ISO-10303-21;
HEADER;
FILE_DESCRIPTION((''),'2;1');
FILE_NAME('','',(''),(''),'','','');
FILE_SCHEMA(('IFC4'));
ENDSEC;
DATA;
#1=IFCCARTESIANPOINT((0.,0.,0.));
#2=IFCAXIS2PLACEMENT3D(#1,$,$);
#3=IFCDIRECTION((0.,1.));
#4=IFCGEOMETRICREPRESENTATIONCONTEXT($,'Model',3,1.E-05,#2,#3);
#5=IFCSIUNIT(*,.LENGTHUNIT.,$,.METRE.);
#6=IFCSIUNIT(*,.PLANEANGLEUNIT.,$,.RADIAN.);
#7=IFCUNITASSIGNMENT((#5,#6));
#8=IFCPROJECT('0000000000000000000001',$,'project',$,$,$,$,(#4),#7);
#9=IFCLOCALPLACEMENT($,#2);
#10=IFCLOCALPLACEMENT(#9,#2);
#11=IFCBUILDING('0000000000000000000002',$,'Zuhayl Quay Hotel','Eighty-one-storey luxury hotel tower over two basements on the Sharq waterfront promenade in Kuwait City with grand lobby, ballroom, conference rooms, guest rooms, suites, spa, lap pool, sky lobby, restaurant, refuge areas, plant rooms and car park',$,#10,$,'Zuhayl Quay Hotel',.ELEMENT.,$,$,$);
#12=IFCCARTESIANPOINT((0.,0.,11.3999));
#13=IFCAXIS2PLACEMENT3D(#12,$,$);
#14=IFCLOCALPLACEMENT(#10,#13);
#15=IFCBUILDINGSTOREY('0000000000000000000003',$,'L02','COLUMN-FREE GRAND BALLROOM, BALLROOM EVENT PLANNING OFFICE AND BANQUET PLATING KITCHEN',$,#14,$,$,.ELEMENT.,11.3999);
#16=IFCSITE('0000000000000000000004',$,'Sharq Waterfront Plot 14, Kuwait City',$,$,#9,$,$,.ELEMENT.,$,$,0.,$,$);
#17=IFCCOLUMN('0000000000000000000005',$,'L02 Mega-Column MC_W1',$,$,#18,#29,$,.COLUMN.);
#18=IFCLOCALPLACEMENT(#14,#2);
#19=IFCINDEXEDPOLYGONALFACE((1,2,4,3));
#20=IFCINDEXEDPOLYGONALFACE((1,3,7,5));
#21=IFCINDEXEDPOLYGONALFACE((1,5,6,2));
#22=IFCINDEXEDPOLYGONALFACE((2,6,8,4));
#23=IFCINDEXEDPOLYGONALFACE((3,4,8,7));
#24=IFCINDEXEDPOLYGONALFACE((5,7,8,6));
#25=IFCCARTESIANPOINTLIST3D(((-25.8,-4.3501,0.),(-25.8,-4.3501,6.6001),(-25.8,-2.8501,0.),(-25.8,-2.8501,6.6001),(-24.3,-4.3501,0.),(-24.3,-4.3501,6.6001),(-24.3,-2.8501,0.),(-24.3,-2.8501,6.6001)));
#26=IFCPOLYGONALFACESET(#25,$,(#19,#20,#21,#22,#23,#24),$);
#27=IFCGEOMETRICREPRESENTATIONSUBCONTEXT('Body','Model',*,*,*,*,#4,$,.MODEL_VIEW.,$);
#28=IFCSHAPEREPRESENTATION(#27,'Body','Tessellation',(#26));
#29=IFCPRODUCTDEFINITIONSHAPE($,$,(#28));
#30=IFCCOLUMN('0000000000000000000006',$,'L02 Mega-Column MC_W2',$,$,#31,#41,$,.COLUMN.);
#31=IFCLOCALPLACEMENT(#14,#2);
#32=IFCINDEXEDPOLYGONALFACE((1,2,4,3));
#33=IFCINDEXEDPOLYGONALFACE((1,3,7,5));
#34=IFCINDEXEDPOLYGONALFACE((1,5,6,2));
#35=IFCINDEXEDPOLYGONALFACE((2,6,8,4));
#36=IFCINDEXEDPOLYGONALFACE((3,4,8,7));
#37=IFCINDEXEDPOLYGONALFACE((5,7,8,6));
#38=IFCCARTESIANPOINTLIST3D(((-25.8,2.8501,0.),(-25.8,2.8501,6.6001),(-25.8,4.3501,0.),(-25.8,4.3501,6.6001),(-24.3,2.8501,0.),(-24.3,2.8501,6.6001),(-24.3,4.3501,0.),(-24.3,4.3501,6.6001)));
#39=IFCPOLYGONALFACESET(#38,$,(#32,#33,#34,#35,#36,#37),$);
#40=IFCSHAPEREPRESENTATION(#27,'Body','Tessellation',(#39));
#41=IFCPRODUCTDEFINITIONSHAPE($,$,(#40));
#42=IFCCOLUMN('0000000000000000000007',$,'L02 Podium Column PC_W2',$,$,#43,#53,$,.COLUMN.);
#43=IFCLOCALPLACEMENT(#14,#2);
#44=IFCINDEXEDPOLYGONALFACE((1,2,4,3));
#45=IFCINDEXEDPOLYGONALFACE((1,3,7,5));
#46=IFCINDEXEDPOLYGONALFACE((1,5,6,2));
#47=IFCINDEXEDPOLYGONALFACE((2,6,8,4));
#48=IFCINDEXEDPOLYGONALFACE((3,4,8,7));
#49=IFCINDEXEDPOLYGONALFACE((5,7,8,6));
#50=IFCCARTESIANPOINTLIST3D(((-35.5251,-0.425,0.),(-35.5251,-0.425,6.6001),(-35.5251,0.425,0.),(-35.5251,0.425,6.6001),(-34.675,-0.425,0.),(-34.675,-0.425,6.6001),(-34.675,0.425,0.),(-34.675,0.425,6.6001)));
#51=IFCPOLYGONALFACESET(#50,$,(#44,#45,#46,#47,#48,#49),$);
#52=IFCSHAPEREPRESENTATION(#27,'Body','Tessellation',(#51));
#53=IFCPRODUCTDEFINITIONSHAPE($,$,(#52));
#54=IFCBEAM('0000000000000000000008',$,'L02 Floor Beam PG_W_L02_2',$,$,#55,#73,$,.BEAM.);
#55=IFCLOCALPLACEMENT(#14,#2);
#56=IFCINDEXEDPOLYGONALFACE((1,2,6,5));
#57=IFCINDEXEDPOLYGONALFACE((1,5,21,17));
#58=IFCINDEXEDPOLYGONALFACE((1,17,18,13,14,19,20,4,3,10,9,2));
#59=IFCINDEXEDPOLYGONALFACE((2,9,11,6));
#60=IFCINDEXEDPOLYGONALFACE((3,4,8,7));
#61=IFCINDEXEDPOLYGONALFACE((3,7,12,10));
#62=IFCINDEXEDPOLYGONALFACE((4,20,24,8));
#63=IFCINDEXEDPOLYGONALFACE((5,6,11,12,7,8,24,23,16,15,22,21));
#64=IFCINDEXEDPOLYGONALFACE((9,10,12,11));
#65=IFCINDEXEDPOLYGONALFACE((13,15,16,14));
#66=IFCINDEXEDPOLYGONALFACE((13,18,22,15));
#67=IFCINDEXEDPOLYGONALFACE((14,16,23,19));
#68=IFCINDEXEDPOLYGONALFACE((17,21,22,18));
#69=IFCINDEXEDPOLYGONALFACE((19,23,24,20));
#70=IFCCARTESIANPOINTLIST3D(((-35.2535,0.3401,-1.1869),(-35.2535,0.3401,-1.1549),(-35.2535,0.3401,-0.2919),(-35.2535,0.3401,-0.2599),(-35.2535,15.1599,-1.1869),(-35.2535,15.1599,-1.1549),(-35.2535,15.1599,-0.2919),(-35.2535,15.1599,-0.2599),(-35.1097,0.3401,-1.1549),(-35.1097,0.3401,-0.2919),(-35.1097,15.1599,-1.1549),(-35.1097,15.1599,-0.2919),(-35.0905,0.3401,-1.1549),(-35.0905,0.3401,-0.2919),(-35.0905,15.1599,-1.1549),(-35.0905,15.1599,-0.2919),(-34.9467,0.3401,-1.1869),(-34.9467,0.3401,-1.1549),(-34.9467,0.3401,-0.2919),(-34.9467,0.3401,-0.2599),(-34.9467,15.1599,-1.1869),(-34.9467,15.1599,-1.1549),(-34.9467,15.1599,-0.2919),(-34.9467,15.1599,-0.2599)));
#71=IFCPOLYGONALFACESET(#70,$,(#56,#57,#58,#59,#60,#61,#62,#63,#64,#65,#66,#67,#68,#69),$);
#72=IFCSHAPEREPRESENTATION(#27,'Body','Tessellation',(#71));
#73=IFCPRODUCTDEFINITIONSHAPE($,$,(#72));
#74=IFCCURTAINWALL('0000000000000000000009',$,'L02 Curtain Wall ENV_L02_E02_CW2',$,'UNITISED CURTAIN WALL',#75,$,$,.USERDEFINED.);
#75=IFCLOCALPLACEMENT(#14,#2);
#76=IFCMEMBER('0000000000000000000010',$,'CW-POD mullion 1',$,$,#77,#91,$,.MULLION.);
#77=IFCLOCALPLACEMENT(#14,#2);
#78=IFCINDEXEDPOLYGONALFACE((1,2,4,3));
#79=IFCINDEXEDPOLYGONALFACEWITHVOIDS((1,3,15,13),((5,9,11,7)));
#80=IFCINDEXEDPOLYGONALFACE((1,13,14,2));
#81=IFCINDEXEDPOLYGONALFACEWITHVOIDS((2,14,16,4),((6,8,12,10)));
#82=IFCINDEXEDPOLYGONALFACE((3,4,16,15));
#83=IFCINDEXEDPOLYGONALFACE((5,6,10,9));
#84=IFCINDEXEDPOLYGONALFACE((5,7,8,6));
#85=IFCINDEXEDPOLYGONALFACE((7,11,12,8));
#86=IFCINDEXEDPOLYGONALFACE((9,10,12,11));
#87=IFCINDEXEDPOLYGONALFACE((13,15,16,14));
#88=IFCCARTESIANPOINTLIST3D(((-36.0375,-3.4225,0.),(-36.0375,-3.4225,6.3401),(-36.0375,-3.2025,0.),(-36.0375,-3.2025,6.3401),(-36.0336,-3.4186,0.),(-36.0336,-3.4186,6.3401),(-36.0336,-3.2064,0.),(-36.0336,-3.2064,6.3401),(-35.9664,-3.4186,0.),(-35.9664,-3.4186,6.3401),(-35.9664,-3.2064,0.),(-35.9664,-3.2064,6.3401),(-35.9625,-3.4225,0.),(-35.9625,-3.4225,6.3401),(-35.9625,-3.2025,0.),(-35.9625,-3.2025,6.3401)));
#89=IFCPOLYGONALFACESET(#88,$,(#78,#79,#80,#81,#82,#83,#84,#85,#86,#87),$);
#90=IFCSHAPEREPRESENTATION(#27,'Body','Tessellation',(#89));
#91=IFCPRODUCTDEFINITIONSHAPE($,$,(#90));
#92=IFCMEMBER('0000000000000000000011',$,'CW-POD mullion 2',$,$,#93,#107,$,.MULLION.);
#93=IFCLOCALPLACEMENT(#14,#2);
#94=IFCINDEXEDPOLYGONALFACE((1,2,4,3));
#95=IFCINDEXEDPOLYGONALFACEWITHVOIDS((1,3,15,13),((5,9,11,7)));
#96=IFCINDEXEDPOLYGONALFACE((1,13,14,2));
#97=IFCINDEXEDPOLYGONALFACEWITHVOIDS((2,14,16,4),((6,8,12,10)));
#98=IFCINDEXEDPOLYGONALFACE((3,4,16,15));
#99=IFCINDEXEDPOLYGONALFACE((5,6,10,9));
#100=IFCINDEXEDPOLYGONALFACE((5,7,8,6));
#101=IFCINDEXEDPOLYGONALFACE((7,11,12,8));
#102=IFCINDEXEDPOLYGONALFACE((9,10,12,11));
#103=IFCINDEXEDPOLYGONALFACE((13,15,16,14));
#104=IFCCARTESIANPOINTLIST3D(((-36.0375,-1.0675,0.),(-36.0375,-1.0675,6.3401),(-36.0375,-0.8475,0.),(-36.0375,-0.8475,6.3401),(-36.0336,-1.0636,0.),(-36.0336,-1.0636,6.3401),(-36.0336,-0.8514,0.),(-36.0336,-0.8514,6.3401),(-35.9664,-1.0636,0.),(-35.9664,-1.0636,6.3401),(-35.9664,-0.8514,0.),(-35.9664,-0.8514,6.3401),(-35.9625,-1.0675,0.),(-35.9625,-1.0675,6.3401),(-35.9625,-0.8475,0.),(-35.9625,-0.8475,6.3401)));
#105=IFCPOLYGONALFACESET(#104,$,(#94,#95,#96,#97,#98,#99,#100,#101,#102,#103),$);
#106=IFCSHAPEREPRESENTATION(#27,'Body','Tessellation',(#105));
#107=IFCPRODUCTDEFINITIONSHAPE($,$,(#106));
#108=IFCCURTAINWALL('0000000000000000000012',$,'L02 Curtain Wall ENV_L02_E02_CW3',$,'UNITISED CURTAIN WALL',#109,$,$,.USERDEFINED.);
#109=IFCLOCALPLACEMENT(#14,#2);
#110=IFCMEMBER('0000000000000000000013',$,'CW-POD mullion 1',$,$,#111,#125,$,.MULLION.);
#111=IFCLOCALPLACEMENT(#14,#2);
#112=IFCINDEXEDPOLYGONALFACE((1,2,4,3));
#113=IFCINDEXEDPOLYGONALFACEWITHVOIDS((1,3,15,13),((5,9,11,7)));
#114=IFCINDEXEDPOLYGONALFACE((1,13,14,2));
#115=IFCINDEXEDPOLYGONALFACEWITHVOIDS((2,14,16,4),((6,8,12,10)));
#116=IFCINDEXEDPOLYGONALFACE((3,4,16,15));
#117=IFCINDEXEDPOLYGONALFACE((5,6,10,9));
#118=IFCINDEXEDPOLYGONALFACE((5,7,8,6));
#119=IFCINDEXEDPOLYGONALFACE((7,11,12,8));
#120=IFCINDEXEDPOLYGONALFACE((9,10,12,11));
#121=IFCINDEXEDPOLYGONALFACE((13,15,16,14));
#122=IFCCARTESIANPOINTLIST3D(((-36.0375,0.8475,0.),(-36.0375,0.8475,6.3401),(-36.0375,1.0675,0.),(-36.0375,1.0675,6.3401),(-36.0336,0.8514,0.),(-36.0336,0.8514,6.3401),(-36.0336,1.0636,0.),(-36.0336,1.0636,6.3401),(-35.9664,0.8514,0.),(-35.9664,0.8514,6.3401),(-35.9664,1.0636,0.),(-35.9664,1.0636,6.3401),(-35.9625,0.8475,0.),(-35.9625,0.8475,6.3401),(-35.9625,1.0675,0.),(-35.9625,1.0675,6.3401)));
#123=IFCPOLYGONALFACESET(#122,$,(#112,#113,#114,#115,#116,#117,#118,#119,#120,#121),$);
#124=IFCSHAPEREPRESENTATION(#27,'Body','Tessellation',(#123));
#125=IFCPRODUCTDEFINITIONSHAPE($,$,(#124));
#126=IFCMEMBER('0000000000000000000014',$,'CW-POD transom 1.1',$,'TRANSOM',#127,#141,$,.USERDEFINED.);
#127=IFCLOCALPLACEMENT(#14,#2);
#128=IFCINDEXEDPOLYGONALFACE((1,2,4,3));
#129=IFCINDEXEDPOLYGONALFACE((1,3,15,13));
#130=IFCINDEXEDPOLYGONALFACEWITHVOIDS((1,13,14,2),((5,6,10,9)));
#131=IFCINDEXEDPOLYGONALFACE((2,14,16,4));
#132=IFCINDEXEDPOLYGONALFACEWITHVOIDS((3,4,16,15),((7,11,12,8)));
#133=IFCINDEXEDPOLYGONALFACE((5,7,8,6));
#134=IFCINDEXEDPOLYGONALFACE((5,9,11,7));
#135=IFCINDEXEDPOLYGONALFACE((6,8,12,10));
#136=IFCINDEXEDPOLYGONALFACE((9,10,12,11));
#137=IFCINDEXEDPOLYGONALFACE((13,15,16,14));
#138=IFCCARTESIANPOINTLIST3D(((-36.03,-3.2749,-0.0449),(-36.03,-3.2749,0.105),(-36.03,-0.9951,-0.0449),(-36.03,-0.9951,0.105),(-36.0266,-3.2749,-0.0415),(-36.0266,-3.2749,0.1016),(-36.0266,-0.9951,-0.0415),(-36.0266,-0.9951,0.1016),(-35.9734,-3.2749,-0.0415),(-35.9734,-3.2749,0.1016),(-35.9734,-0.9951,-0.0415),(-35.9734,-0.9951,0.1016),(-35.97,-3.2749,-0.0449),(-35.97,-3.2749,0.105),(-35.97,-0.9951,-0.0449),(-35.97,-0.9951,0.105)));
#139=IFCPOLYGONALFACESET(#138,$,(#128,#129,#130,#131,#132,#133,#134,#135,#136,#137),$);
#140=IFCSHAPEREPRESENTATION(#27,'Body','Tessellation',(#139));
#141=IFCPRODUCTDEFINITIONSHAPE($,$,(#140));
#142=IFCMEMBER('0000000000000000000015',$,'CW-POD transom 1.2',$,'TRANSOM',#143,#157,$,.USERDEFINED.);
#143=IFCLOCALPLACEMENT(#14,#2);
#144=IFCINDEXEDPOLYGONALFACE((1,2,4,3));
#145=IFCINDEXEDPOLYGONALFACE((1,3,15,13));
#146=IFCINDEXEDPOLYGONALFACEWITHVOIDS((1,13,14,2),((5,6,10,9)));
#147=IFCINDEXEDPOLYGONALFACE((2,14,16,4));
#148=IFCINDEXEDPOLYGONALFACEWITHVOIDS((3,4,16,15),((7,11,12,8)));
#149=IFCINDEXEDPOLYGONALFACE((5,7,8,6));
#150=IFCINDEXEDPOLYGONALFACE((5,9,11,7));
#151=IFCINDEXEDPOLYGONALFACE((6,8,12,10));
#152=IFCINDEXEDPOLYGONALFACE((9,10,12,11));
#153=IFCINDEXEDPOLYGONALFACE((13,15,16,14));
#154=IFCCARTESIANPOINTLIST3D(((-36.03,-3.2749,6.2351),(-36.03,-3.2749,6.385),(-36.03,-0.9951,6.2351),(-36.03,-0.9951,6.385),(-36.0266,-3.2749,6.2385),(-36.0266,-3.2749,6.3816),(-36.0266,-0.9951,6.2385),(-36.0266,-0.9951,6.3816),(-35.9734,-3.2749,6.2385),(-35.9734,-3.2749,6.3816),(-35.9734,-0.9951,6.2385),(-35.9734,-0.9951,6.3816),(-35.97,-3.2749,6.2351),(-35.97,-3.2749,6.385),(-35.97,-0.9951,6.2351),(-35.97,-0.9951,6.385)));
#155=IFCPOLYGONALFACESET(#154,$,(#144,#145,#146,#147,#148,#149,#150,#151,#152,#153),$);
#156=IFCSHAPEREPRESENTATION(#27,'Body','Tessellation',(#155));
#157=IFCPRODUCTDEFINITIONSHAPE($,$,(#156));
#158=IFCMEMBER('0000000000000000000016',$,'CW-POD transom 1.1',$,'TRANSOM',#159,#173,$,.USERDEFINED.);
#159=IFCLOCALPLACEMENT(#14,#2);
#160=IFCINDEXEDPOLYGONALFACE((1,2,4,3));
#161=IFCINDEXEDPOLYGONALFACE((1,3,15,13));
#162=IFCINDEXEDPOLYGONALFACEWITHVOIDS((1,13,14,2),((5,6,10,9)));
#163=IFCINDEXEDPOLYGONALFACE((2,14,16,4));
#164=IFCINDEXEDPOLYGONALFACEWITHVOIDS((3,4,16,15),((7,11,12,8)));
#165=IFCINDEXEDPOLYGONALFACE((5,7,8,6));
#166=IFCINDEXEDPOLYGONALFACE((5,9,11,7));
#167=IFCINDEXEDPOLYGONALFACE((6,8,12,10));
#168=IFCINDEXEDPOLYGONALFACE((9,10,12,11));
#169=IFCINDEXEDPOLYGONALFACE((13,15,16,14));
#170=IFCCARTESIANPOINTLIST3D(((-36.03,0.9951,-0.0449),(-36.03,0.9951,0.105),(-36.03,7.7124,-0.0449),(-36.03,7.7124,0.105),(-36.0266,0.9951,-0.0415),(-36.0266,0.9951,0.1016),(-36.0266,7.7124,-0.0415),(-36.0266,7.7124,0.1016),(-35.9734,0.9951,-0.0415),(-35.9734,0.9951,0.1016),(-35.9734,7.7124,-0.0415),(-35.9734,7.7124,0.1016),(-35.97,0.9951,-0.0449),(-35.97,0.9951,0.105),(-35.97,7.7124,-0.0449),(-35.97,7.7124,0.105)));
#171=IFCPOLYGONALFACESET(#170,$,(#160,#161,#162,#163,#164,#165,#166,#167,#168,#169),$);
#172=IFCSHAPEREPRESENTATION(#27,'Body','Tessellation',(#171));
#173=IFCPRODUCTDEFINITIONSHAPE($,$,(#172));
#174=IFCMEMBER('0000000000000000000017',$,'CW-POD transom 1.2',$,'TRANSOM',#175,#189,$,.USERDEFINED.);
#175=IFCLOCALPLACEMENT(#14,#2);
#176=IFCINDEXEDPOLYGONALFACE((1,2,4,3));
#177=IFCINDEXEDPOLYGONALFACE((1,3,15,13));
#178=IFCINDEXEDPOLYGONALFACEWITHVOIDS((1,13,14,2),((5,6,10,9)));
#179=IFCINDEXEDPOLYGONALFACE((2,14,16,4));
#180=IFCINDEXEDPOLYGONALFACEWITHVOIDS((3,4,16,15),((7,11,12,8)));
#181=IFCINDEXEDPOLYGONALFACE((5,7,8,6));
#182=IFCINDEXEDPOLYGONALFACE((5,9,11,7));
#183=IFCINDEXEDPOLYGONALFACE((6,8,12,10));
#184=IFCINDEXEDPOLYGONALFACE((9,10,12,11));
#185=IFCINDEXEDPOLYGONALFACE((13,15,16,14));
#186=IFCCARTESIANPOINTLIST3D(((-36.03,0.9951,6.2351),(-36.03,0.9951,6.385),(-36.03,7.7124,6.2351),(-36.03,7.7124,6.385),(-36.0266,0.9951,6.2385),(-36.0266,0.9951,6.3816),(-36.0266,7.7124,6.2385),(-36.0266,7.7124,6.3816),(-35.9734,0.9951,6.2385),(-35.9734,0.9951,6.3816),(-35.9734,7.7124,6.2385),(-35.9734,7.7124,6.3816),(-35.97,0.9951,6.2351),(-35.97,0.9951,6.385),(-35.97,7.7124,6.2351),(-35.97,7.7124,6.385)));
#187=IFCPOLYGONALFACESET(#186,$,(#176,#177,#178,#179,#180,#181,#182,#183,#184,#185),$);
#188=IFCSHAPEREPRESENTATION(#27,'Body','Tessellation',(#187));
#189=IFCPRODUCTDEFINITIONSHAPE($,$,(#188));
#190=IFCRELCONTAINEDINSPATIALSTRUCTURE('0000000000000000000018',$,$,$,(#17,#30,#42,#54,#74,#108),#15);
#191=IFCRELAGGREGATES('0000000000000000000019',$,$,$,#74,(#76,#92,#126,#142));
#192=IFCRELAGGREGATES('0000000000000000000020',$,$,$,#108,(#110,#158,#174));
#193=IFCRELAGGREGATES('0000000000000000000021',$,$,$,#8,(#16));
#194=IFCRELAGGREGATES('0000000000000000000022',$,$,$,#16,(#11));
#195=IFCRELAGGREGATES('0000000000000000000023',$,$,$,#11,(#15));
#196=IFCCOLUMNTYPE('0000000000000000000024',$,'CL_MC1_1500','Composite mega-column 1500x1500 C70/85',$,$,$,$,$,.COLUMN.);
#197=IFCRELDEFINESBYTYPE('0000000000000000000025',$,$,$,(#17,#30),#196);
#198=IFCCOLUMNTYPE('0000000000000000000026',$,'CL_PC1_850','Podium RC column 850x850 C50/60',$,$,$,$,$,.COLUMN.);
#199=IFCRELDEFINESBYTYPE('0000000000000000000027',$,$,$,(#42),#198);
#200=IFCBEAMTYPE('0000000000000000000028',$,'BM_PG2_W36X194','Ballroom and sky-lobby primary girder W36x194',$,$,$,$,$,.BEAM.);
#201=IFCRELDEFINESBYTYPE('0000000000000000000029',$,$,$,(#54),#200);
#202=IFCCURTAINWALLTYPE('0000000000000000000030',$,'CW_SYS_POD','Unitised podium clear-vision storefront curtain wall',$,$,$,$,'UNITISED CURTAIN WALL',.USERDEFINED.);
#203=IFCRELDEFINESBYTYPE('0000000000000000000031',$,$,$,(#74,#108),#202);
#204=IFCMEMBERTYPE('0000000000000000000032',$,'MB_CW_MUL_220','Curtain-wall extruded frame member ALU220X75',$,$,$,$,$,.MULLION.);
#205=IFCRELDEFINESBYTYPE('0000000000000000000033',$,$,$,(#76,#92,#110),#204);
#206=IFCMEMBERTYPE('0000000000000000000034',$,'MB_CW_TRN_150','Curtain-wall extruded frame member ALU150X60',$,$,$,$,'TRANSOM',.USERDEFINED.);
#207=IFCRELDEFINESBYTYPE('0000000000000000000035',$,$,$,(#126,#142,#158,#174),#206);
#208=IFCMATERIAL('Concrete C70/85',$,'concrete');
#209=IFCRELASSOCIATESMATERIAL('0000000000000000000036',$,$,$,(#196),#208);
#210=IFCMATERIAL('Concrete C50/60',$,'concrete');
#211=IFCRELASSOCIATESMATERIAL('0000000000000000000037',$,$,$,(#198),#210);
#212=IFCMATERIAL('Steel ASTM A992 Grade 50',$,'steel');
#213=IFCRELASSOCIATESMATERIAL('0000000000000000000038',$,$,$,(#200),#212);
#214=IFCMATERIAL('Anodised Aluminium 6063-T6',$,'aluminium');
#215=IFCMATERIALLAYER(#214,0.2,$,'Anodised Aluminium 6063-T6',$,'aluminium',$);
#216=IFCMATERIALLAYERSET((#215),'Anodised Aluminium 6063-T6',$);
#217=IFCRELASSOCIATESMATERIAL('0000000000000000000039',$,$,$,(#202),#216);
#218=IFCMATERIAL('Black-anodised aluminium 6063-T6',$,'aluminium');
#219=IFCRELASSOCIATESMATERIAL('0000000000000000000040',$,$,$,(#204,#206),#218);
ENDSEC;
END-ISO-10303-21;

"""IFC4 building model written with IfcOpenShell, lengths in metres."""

from ifc_helpers import new_model, si_unit, direction, frame, origin, origin_2d, place, context, subcontext, project, spatial, rectangle, hollow_rectangle, i_section, extrude, material, layer, layer_set, material_profile, profile_set, type_object, element, aggregate, save


model = new_model("IFC4")

# Units and contexts
model_context = context("Model", 3, precision=1e-05, world=origin(), true_north=direction((0.0, 1.0)))
body_context = subcontext(model_context, "Body", "Model", "MODEL_VIEW")
ifc_project = project(units=[si_unit("LENGTHUNIT", "METRE"), si_unit("PLANEANGLEUNIT", "RADIAN")], contexts=[model_context])

# Site, building, storey
site_placement = place(None, origin())
site = spatial("IfcSite", under=ifc_project, at=site_placement, Name="Sharq Waterfront Plot 14, Kuwait City", CompositionType="ELEMENT", RefElevation=0.0)
building_placement = place(site_placement, origin())
building = spatial("IfcBuilding", under=site, at=building_placement, Name="Zuhayl Quay Hotel", Description="Eighty-one-storey luxury hotel tower over two basements on the Sharq waterfront promenade in Kuwait City with grand lobby, ballroom, conference rooms, guest rooms, suites, spa, lap pool, sky lobby, restaurant, refuge areas, plant rooms and car park", LongName="Zuhayl Quay Hotel", CompositionType="ELEMENT")
storey_placement = place(building_placement, frame((0.0, 0.0, 11.3999)))
storey = spatial("IfcBuildingStorey", under=building, at=storey_placement, Name="L02", Description="COLUMN-FREE GRAND BALLROOM, BALLROOM EVENT PLANNING OFFICE AND BANQUET PLATING KITCHEN", CompositionType="ELEMENT", Elevation=11.3999)

# Columns
ifc_material_1 = material(Name="Concrete C70/85", Category="concrete")
ifc_material_profile_1 = material_profile(ifc_material_1, rectangle(XDim=1.5, YDim=1.5, at=origin_2d()), Name="RC1500X1500")
ifc_profile_set_1 = profile_set([ifc_material_profile_1], Name="Concrete C70/85")
column_type_1 = type_object("IfcColumnType", Name="CL_MC1_1500", Description="Composite mega-column 1500x1500 C70/85", PredefinedType="COLUMN", material=ifc_profile_set_1)
for number, where, z_axis, x_axis, name in (
    (1, (-25.05, -3.6001, 0.0), (0.0, 0.0, 1.0), (1.0, 0.0, 0.0), "L02 Mega-Column MC_W1"),
    (2, (-25.05, 3.6001, 0.0), (0.0, 0.0, 1.0), (1.0, 0.0, 0.0), "L02 Mega-Column MC_W2"),
):
    element("IfcColumn", number, at=place(storey_placement, frame(where, z_axis=z_axis, x_axis=x_axis)), inside=storey, type_object=column_type_1, Name=name, PredefinedType="COLUMN", context=body_context, shape_type="SweptSolid", body=[
        extrude(rectangle(XDim=1.5, YDim=1.5, at=origin_2d()), origin(), (0.0, 0.0, 1.0), 6.6001),
    ])
ifc_material_2 = material(Name="Concrete C50/60", Category="concrete")
ifc_material_profile_2 = material_profile(ifc_material_2, rectangle(XDim=0.8501, YDim=0.8501, at=origin_2d()), Name="RC850X850")
ifc_profile_set_2 = profile_set([ifc_material_profile_2], Name="Concrete C50/60")
column_type_2 = type_object("IfcColumnType", Name="CL_PC1_850", Description="Podium RC column 850x850 C50/60", PredefinedType="COLUMN", material=ifc_profile_set_2)
column_placement = place(storey_placement, frame((-35.1001, 0.0, 0.0), z_axis=(0.0, 0.0, 1.0), x_axis=(1.0, 0.0, 0.0)))
element("IfcColumn", 3, at=column_placement, inside=storey, type_object=column_type_2, Name="L02 Podium Column PC_W2", PredefinedType="COLUMN", context=body_context, shape_type="SweptSolid", body=[
    extrude(rectangle(XDim=0.8501, YDim=0.8501, at=origin_2d()), origin(), (0.0, 0.0, 1.0), 6.6001),
])

# Beam
ifc_material_3 = material(Name="Steel ASTM A992 Grade 50", Category="steel")
ifc_material_profile_3 = material_profile(ifc_material_3, i_section(OverallWidth=0.3069, OverallDepth=0.927, WebThickness=0.0193, FlangeThickness=0.032, at=origin_2d()), Name="W36X194")
ifc_profile_set_3 = profile_set([ifc_material_profile_3], Name="Steel ASTM A992 Grade 50")
beam_type = type_object("IfcBeamType", Name="BM_PG2_W36X194", Description="Ballroom and sky-lobby primary girder W36x194", PredefinedType="BEAM", material=ifc_profile_set_3)
beam_placement = place(storey_placement, frame((-35.1001, 0.3401, -0.7234), z_axis=(0.0, 1.0, 0.0), x_axis=(-1.0, 0.0, 0.0)))
element("IfcBeam", 4, at=beam_placement, inside=storey, type_object=beam_type, Name="L02 Floor Beam PG_W_L02_2", PredefinedType="BEAM", context=body_context, shape_type="SweptSolid", body=[
    extrude(i_section(OverallWidth=0.3069, OverallDepth=0.927, WebThickness=0.0193, FlangeThickness=0.032, at=origin_2d()), origin(), (0.0, 0.0, 1.0), 14.8198),
])

# Curtain wall, members
ifc_material_4 = material(Name="Anodised Aluminium 6063-T6", Category="aluminium")
ifc_layer_1 = layer(ifc_material_4, 0.2, Name="Anodised Aluminium 6063-T6", Category="aluminium")
ifc_layer_set_1 = layer_set([ifc_layer_1], Name="Anodised Aluminium 6063-T6")
curtain_wall_type = type_object("IfcCurtainWallType", Name="CW_SYS_POD", Description="Unitised podium clear-vision storefront curtain wall", ElementType="UNITISED CURTAIN WALL", PredefinedType="USERDEFINED", material=ifc_layer_set_1)
curtain_wall_1_placement = place(storey_placement, origin())
curtain_wall_1 = element("IfcCurtainWall", 5, at=curtain_wall_1_placement, inside=storey, type_object=curtain_wall_type, Name="L02 Curtain Wall ENV_L02_E02_CW2", ObjectType="UNITISED CURTAIN WALL", PredefinedType="USERDEFINED")
ifc_material_5 = material(Name="Black-anodised aluminium 6063-T6", Category="aluminium")
ifc_material_profile_4 = material_profile(ifc_material_5, hollow_rectangle(XDim=0.075, YDim=0.22, WallThickness=0.0039, at=origin_2d()), Name="ALU220X75")
ifc_profile_set_4 = profile_set([ifc_material_profile_4], Name="Black-anodised aluminium 6063-T6")
member_type_1 = type_object("IfcMemberType", Name="MB_CW_MUL_220", Description="Curtain-wall extruded frame member ALU220X75", PredefinedType="MULLION", material=ifc_profile_set_4)
member_1_placement = place(storey_placement, frame((-36.0, -3.3125, 0.0), z_axis=(0.0, 0.0, 1.0), x_axis=(-1.0, 0.0, 0.0)))
member_1 = element("IfcMember", 6, at=member_1_placement, type_object=member_type_1, Name="CW-POD mullion 1", PredefinedType="MULLION", context=body_context, shape_type="SweptSolid", body=[
    extrude(hollow_rectangle(XDim=0.075, YDim=0.22, WallThickness=0.0039, at=origin_2d()), origin(), (0.0, 0.0, 1.0), 6.3401),
])
member_2_placement = place(storey_placement, frame((-36.0, -0.9575, 0.0), z_axis=(0.0, 0.0, 1.0), x_axis=(-1.0, 0.0, 0.0)))
member_2 = element("IfcMember", 7, at=member_2_placement, type_object=member_type_1, Name="CW-POD mullion 2", PredefinedType="MULLION", context=body_context, shape_type="SweptSolid", body=[
    extrude(hollow_rectangle(XDim=0.075, YDim=0.22, WallThickness=0.0039, at=origin_2d()), origin(), (0.0, 0.0, 1.0), 6.3401),
])

# Curtain wall, member
curtain_wall_2_placement = place(storey_placement, origin())
curtain_wall_2 = element("IfcCurtainWall", 8, at=curtain_wall_2_placement, inside=storey, type_object=curtain_wall_type, Name="L02 Curtain Wall ENV_L02_E02_CW3", ObjectType="UNITISED CURTAIN WALL", PredefinedType="USERDEFINED")
member_3_placement = place(storey_placement, frame((-36.0, 0.9575, 0.0), z_axis=(0.0, 0.0, 1.0), x_axis=(-1.0, 0.0, 0.0)))
member_3 = element("IfcMember", 9, at=member_3_placement, type_object=member_type_1, Name="CW-POD mullion 1", PredefinedType="MULLION", context=body_context, shape_type="SweptSolid", body=[
    extrude(hollow_rectangle(XDim=0.075, YDim=0.22, WallThickness=0.0039, at=origin_2d()), origin(), (0.0, 0.0, 1.0), 6.3401),
])

# Members
ifc_material_profile_5 = material_profile(ifc_material_5, hollow_rectangle(XDim=0.0601, YDim=0.1499, WallThickness=0.0034, at=origin_2d()), Name="ALU150X60")
ifc_profile_set_5 = profile_set([ifc_material_profile_5], Name="Black-anodised aluminium 6063-T6")
member_type_2 = type_object("IfcMemberType", Name="MB_CW_TRN_150", Description="Curtain-wall extruded frame member ALU150X60", ElementType="TRANSOM", PredefinedType="USERDEFINED", material=ifc_profile_set_5)
member_4_placement = place(storey_placement, frame((-36.0, -3.2749, 0.03), z_axis=(0.0, 1.0, 0.0), x_axis=(-1.0, 0.0, 0.0)))
member_4 = element("IfcMember", 10, at=member_4_placement, type_object=member_type_2, Name="CW-POD transom 1.1", ObjectType="TRANSOM", PredefinedType="USERDEFINED", context=body_context, shape_type="SweptSolid", body=[
    extrude(hollow_rectangle(XDim=0.0601, YDim=0.1499, WallThickness=0.0034, at=origin_2d()), origin(), (0.0, 0.0, 1.0), 2.2798),
])
member_5_placement = place(storey_placement, frame((-36.0, -3.2749, 6.3101), z_axis=(0.0, 1.0, 0.0), x_axis=(-1.0, 0.0, 0.0)))
member_5 = element("IfcMember", 11, at=member_5_placement, type_object=member_type_2, Name="CW-POD transom 1.2", ObjectType="TRANSOM", PredefinedType="USERDEFINED", context=body_context, shape_type="SweptSolid", body=[
    extrude(hollow_rectangle(XDim=0.0601, YDim=0.1499, WallThickness=0.0034, at=origin_2d()), origin(), (0.0, 0.0, 1.0), 2.2798),
])
member_6_placement = place(storey_placement, frame((-36.0, 0.9951, 0.03), z_axis=(0.0, 1.0, 0.0), x_axis=(-1.0, 0.0, 0.0)))
member_6 = element("IfcMember", 12, at=member_6_placement, type_object=member_type_2, Name="CW-POD transom 1.1", ObjectType="TRANSOM", PredefinedType="USERDEFINED", context=body_context, shape_type="SweptSolid", body=[
    extrude(hollow_rectangle(XDim=0.0601, YDim=0.1499, WallThickness=0.0034, at=origin_2d()), origin(), (0.0, 0.0, 1.0), 6.7173),
])
member_7_placement = place(storey_placement, frame((-36.0, 0.9951, 6.3101), z_axis=(0.0, 1.0, 0.0), x_axis=(-1.0, 0.0, 0.0)))
member_7 = element("IfcMember", 13, at=member_7_placement, type_object=member_type_2, Name="CW-POD transom 1.2", ObjectType="TRANSOM", PredefinedType="USERDEFINED", context=body_context, shape_type="SweptSolid", body=[
    extrude(hollow_rectangle(XDim=0.0601, YDim=0.1499, WallThickness=0.0034, at=origin_2d()), origin(), (0.0, 0.0, 1.0), 6.7173),
])

aggregate(curtain_wall_1, [member_1, member_2, member_4, member_5])
aggregate(curtain_wall_2, [member_3, member_6, member_7])

save(model, "model.ifc")
